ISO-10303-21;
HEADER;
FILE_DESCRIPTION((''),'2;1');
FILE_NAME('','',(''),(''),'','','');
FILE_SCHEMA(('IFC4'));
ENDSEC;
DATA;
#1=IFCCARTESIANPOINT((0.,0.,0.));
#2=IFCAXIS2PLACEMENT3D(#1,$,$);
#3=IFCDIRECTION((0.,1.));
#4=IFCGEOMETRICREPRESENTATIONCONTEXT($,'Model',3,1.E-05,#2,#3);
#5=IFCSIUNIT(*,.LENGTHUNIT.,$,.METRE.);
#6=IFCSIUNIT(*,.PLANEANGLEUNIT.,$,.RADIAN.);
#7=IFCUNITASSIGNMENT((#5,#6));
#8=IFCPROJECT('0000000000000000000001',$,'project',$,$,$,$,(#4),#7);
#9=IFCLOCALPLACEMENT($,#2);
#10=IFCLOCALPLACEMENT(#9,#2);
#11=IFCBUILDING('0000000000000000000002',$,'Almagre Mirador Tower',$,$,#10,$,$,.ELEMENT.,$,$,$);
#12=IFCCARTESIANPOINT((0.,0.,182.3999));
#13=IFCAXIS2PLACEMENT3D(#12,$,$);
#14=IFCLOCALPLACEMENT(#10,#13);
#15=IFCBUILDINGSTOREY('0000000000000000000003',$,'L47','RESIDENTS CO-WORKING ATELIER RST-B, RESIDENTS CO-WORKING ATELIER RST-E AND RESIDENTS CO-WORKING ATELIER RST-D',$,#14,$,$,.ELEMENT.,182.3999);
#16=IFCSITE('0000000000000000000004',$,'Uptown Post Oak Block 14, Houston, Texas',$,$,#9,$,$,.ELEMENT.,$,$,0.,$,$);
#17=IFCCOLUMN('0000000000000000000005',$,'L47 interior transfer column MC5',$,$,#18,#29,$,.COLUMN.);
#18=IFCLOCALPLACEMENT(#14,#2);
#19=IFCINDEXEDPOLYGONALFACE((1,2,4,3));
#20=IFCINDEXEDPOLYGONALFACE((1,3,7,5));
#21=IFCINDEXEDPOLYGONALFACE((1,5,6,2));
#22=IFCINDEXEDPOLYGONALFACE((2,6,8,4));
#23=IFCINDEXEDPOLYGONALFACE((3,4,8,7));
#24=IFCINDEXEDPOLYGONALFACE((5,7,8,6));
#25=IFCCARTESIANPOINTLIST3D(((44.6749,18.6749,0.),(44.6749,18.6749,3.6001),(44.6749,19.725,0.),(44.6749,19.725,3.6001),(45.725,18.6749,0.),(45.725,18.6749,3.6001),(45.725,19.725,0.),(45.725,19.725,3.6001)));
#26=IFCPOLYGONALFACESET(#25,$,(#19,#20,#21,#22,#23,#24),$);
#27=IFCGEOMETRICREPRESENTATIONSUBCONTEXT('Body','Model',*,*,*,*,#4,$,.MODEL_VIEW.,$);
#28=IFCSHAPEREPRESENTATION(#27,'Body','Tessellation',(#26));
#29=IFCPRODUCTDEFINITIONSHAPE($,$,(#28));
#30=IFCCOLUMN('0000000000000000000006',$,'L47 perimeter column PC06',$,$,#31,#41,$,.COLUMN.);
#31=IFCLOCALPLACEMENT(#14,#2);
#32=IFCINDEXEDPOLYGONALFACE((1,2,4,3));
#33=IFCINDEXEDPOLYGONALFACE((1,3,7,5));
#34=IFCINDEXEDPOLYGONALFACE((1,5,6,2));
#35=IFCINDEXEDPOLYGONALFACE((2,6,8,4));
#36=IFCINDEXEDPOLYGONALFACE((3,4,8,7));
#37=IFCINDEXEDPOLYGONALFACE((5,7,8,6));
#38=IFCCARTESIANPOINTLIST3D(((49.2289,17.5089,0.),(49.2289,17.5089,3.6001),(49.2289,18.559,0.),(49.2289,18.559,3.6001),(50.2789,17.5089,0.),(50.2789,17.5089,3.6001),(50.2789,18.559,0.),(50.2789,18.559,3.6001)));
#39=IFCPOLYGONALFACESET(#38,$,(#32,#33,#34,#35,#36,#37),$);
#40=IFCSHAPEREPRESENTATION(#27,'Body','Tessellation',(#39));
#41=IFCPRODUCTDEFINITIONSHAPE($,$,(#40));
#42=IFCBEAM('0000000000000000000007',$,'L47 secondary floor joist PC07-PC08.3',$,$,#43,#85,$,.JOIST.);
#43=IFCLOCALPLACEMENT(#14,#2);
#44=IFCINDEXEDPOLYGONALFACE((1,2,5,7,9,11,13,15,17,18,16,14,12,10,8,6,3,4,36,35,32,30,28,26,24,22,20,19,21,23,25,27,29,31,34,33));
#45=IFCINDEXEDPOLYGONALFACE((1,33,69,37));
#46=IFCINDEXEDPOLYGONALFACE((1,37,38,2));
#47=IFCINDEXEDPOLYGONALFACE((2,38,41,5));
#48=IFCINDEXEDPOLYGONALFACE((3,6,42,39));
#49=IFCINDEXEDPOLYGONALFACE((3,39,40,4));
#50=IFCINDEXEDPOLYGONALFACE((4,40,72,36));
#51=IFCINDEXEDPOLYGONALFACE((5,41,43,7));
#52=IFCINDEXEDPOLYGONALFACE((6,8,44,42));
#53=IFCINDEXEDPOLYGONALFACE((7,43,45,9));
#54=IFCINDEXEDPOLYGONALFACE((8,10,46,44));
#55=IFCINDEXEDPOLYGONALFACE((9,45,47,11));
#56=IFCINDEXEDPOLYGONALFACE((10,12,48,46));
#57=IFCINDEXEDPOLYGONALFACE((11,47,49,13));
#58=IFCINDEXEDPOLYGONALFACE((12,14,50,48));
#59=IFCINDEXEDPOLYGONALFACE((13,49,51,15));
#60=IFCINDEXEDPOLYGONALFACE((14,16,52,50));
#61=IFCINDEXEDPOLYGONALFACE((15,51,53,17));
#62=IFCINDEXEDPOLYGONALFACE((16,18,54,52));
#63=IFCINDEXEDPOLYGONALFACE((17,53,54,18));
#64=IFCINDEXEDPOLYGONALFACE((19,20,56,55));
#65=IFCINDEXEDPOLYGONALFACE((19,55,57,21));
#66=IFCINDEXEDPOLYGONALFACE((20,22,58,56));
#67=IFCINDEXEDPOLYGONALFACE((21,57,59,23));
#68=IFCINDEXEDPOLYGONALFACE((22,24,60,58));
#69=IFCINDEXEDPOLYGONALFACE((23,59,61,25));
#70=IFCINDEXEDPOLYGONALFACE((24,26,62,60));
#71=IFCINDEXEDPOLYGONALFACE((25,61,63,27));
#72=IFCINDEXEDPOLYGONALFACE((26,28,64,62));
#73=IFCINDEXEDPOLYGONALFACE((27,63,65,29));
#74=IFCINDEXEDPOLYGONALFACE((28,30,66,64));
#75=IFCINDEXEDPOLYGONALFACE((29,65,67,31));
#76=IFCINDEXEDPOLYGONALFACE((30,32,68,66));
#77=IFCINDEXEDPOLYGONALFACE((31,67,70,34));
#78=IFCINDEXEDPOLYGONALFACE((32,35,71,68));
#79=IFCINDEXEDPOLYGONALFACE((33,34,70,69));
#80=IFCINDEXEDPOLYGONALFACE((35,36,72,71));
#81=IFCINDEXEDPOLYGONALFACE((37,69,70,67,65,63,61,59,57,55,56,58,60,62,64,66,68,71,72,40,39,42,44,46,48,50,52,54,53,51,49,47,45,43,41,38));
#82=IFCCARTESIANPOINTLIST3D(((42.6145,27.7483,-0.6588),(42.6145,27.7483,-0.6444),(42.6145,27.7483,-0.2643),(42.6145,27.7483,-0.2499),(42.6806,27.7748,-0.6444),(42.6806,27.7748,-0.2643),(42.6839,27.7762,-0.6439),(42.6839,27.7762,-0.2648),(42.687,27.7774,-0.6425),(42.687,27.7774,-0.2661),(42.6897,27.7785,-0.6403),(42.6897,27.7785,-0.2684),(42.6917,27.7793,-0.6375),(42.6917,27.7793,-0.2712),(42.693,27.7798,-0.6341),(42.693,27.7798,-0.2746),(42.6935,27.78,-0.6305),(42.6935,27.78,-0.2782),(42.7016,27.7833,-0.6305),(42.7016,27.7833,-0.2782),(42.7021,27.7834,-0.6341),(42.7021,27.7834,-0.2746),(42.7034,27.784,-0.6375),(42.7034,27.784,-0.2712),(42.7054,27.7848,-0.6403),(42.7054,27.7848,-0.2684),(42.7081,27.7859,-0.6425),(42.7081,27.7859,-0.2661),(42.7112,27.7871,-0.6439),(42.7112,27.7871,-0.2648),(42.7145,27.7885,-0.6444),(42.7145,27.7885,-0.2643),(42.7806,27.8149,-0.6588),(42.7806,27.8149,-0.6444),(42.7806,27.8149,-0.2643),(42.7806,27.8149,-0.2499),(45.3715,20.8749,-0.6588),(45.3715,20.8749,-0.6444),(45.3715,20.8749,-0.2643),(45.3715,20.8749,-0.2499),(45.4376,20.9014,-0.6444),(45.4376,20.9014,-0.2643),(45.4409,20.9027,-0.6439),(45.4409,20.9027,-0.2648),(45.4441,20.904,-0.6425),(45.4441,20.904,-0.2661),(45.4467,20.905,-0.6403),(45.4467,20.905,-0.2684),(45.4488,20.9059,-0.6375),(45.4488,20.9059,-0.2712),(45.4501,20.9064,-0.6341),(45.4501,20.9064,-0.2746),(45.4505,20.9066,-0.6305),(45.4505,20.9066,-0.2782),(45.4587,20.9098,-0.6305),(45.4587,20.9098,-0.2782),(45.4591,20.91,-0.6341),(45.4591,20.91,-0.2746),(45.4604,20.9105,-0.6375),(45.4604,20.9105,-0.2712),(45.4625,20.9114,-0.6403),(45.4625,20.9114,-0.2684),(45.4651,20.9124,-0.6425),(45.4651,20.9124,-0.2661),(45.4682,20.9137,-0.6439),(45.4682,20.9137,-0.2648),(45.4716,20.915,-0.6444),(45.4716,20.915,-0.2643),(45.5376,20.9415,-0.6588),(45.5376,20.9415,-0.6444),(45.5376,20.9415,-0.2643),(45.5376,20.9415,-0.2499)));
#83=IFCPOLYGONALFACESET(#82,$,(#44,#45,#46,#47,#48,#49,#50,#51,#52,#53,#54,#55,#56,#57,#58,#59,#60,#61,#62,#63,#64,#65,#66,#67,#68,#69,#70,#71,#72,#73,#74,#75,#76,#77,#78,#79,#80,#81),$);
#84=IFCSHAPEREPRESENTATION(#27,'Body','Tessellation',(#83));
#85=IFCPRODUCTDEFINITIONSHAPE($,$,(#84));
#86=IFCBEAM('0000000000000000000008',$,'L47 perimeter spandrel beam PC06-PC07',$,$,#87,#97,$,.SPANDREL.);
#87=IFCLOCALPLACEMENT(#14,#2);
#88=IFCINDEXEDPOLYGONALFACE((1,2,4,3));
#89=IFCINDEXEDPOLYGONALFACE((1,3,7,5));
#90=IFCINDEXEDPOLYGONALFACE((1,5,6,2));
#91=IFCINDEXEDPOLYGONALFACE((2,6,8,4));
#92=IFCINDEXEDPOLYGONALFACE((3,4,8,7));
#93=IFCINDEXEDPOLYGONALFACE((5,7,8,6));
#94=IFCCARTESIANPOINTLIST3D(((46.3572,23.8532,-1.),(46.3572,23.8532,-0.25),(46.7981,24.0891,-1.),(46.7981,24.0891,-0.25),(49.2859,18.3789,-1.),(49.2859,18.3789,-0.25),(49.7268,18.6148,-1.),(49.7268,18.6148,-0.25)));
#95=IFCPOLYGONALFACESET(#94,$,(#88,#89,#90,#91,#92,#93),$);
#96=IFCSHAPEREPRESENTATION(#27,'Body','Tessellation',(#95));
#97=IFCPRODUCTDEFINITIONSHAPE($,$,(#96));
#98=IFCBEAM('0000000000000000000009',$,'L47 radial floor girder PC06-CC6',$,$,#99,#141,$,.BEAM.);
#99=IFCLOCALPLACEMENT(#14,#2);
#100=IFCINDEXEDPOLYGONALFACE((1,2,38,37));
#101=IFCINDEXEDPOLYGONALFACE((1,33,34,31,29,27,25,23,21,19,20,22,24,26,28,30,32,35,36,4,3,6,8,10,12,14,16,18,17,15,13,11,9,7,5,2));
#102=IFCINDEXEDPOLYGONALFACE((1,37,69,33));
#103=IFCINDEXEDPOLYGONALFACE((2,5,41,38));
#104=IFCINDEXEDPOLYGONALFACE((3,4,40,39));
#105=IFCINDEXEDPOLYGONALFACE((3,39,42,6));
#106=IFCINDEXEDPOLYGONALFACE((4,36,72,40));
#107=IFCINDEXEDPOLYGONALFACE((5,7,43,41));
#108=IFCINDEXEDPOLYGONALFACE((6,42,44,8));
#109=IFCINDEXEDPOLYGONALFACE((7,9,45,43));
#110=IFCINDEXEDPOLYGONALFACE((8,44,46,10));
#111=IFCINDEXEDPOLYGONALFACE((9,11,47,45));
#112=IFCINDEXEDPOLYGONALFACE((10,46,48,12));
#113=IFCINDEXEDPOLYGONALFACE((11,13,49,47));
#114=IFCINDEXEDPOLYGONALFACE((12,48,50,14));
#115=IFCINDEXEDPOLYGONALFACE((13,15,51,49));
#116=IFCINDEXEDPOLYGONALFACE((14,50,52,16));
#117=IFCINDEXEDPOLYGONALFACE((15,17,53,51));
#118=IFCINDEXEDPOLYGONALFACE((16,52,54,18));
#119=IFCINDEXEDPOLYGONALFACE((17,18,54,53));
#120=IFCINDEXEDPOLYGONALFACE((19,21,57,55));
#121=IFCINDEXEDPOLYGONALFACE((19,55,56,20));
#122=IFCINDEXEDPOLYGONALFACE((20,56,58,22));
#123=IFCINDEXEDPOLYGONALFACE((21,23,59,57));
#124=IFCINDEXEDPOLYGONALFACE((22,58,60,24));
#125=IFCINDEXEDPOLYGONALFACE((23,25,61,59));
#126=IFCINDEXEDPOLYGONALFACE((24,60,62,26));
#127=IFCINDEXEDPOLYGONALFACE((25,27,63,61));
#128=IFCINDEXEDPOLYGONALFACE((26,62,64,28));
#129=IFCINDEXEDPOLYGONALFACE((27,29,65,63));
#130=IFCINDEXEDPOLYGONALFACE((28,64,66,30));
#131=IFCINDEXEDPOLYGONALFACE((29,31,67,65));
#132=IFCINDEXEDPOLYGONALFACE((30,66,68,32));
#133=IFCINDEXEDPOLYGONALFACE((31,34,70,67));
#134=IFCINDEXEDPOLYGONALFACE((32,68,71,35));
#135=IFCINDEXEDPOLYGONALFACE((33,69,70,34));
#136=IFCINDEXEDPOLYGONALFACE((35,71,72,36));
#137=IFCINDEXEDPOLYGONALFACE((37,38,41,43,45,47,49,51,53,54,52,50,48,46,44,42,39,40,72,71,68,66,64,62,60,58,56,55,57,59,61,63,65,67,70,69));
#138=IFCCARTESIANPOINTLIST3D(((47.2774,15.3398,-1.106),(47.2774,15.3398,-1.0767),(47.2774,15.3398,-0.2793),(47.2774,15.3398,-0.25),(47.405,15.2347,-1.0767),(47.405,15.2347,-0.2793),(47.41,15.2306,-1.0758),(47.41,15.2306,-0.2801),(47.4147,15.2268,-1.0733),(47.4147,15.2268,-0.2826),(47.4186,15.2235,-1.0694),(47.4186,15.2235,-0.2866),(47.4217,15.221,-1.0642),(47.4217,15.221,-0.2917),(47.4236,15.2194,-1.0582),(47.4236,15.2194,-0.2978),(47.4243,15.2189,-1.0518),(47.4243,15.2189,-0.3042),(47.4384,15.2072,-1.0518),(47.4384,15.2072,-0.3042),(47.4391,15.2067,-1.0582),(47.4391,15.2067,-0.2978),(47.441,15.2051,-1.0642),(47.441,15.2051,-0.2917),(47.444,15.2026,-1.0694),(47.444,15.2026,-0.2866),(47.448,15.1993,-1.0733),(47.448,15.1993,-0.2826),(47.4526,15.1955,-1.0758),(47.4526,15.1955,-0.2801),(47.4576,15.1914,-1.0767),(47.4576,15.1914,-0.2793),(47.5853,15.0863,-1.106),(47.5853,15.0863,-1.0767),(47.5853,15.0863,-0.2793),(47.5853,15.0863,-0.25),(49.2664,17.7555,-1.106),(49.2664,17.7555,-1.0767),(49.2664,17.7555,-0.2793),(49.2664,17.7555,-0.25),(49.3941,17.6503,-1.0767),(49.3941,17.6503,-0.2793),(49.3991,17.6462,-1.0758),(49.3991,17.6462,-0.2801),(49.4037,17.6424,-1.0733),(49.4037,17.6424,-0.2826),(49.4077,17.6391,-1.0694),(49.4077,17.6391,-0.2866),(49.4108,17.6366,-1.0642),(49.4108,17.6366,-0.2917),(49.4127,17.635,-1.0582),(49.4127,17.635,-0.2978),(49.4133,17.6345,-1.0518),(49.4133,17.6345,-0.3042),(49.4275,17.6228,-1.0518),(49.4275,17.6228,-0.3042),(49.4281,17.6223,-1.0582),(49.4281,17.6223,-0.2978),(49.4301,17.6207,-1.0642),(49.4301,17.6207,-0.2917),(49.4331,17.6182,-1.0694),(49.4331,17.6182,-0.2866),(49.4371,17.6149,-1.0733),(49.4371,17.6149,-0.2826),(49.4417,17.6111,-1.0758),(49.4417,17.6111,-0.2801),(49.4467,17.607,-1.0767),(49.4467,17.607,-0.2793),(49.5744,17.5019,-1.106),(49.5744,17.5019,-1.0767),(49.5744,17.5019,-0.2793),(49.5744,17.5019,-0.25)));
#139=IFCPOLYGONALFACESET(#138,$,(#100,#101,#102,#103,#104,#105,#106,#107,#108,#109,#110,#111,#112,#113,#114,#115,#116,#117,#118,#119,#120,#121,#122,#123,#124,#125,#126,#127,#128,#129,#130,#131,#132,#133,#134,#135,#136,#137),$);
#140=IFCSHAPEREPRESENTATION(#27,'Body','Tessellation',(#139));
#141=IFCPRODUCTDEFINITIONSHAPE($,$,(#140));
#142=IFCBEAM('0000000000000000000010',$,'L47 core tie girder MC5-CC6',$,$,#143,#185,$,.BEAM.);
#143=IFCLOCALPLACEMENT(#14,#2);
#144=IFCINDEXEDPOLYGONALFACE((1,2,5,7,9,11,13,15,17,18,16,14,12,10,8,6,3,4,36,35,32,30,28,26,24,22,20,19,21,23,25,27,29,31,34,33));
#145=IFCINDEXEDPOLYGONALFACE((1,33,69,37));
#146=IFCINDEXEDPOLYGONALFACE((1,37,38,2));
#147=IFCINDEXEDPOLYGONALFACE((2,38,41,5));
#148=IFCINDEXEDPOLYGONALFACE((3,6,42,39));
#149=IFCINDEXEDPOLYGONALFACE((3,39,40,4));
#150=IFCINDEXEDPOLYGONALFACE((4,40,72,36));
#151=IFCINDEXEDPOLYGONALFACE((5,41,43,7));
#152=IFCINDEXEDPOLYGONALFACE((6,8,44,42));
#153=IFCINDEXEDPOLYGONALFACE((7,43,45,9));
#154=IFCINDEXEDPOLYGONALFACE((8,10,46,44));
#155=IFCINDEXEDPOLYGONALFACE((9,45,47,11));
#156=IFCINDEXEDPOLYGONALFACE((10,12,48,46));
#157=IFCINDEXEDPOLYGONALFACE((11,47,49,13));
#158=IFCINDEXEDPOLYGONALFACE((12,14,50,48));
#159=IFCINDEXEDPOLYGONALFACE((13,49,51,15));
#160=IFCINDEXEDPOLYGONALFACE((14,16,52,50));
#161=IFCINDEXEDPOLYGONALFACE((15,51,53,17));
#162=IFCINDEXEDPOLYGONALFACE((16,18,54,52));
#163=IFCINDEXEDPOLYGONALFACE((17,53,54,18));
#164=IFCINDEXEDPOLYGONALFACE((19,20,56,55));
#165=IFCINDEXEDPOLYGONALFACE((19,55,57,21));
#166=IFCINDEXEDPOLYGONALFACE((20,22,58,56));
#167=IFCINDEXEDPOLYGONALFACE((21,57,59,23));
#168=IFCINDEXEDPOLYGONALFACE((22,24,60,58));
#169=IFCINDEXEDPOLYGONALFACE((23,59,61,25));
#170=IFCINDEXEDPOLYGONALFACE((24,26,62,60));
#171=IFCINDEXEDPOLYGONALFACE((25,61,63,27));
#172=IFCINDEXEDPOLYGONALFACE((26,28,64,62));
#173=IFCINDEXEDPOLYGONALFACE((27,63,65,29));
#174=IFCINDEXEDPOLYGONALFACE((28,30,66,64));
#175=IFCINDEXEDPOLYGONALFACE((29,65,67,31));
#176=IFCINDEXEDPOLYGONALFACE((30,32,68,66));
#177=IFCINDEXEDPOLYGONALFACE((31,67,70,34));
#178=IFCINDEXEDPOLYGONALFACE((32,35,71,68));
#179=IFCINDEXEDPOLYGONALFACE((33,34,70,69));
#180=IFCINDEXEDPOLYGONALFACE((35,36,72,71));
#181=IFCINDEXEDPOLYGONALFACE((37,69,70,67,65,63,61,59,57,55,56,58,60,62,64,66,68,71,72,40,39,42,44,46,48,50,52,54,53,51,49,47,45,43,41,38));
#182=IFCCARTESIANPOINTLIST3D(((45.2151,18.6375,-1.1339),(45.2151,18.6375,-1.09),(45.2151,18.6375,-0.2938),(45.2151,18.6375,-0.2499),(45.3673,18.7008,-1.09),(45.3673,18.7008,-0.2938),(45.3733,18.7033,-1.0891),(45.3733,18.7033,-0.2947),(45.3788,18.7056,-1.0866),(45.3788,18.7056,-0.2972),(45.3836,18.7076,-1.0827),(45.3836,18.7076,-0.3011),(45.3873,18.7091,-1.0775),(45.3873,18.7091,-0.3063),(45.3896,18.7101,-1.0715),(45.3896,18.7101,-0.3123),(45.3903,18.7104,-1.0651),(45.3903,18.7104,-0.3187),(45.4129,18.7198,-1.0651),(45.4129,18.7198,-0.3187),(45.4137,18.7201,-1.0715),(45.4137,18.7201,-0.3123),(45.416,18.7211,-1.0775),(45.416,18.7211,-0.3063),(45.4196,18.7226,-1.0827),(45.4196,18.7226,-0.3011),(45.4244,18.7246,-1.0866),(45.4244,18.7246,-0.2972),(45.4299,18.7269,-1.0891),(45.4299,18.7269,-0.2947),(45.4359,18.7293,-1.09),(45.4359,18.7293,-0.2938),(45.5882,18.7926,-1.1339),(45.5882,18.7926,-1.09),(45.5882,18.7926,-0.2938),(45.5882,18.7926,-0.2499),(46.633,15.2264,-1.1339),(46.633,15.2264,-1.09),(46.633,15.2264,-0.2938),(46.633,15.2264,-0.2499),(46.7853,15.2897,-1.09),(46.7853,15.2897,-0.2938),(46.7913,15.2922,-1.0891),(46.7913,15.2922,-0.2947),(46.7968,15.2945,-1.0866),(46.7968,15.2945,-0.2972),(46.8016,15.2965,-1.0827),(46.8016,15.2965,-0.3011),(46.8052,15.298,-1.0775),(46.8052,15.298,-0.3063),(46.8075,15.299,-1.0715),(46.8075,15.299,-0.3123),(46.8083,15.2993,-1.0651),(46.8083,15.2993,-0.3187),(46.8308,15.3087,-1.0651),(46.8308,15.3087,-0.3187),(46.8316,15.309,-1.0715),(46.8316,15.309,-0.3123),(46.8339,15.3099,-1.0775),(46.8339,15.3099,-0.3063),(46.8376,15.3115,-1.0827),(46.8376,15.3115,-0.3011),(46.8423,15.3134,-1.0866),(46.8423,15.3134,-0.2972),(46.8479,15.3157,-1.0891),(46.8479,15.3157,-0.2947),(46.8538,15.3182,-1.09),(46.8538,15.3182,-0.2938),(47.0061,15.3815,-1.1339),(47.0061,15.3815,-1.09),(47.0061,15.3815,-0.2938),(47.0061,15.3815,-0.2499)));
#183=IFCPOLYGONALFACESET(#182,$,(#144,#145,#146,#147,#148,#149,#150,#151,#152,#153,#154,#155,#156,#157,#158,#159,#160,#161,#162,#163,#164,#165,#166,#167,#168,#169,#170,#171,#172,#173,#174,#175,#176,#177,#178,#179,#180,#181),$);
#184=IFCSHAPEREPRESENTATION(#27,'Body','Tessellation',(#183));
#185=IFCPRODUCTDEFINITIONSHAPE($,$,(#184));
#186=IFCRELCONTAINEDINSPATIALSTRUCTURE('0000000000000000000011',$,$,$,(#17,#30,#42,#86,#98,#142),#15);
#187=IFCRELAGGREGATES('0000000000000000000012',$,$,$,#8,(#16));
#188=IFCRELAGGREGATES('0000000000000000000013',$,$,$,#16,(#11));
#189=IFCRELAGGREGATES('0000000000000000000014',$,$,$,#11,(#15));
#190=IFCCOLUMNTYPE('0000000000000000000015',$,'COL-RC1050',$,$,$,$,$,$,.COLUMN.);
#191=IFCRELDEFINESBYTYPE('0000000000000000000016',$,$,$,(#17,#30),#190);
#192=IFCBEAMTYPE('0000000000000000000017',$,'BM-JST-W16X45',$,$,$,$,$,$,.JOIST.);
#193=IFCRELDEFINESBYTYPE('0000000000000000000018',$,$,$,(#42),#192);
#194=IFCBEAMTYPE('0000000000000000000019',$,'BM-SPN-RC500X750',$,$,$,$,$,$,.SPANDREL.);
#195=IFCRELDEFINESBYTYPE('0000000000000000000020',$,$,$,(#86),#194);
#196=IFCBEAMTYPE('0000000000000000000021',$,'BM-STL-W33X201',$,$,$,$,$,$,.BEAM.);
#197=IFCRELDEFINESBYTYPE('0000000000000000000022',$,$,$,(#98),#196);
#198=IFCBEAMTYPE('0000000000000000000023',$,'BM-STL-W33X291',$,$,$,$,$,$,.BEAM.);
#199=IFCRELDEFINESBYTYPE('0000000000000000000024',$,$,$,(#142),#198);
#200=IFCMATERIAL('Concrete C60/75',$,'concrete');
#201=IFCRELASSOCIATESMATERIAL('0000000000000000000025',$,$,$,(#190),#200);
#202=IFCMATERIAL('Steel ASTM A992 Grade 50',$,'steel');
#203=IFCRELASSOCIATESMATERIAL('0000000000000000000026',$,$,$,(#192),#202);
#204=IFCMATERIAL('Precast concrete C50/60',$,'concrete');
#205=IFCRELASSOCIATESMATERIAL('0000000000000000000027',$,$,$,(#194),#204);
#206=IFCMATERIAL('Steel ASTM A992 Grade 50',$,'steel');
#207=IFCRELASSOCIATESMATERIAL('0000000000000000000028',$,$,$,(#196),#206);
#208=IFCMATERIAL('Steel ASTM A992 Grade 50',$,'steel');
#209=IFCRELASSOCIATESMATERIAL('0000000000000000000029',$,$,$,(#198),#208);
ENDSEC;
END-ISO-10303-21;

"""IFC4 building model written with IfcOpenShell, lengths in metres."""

from ifc_helpers import new_model, si_unit, direction, frame, origin, origin_2d, place, context, subcontext, project, spatial, rectangle, i_section, extrude, material, material_profile, profile_set, type_object, element, save


model = new_model("IFC4")

# Units and contexts
model_context = context("Model", 3, precision=1e-05, world=origin(), true_north=direction((0.0, 1.0)))
body_context = subcontext(model_context, "Body", "Model", "MODEL_VIEW")
ifc_project = project(units=[si_unit("LENGTHUNIT", "METRE"), si_unit("PLANEANGLEUNIT", "RADIAN")], contexts=[model_context])

# Site, building, storey
site_placement = place(None, origin())
site = spatial("IfcSite", under=ifc_project, at=site_placement, Name="Uptown Post Oak Block 14, Houston, Texas", CompositionType="ELEMENT", RefElevation=0.0)
building_placement = place(site_placement, origin())
building = spatial("IfcBuilding", under=site, at=building_placement, Name="Almagre Mirador Tower", CompositionType="ELEMENT")
storey_placement = place(building_placement, frame((0.0, 0.0, 182.3999)))
storey = spatial("IfcBuildingStorey", under=building, at=storey_placement, Name="L47", Description="RESIDENTS CO-WORKING ATELIER RST-B, RESIDENTS CO-WORKING ATELIER RST-E AND RESIDENTS CO-WORKING ATELIER RST-D", CompositionType="ELEMENT", Elevation=182.3999)

# Columns
ifc_material_1 = material(Name="Concrete C60/75", Category="concrete")
ifc_material_profile_1 = material_profile(ifc_material_1, rectangle(XDim=1.05, YDim=1.05, at=origin_2d()), Name="RC1050X1050")
ifc_profile_set_1 = profile_set([ifc_material_profile_1], Name="Concrete C60/75")
column_type = type_object("IfcColumnType", Name="COL-RC1050", PredefinedType="COLUMN", material=ifc_profile_set_1)
for number, where, z_axis, x_axis, name in (
    (1, (45.2, 19.2, 0.0), (0.0, 0.0, 1.0), (1.0, 0.0, 0.0), "L47 interior transfer column MC5"),
    (2, (49.7539, 18.0339, 0.0), (0.0, 0.0, 1.0), (1.0, 0.0, 0.0), "L47 perimeter column PC06"),
):
    element("IfcColumn", number, at=place(storey_placement, frame(where, z_axis=z_axis, x_axis=x_axis)), inside=storey, type_object=column_type, Name=name, PredefinedType="COLUMN", context=body_context, shape_type="SweptSolid", body=[
        extrude(rectangle(XDim=1.05, YDim=1.05, at=origin_2d()), origin(), (0.0, 0.0, 1.0), 3.6001),
    ])

# Beams
ifc_material_2 = material(Name="Steel ASTM A992 Grade 50", Category="steel")
ifc_material_profile_2 = material_profile(ifc_material_2, i_section(OverallWidth=0.179, OverallDepth=0.4089, WebThickness=0.0088, FlangeThickness=0.0144, FilletRadius=0.0139, at=origin_2d()), Name="W16X45")
ifc_profile_set_2 = profile_set([ifc_material_profile_2], Name="Steel ASTM A992 Grade 50")
beam_type_1 = type_object("IfcBeamType", Name="BM-JST-W16X45", PredefinedType="JOIST", material=ifc_profile_set_2)
beam_1_placement = place(storey_placement, frame((45.4546, 20.9082, -0.4543), z_axis=(-0.372283, 0.928119, 0.0), x_axis=(-0.928119, -0.372283, 0.0)))
element("IfcBeam", 3, at=beam_1_placement, inside=storey, type_object=beam_type_1, Name="L47 secondary floor joist PC07-PC08.3", PredefinedType="JOIST", context=body_context, shape_type="SweptSolid", body=[
    extrude(i_section(OverallWidth=0.179, OverallDepth=0.4089, WebThickness=0.0088, FlangeThickness=0.0144, FilletRadius=0.0139, at=origin_2d()), origin(), (0.0, 0.0, 1.0), 7.4058),
])
ifc_material_3 = material(Name="Precast concrete C50/60", Category="concrete")
ifc_material_profile_3 = material_profile(ifc_material_3, rectangle(XDim=0.5, YDim=0.75, at=origin_2d()), Name="RC500X750")
ifc_profile_set_3 = profile_set([ifc_material_profile_3], Name="Precast concrete C50/60")
beam_type_2 = type_object("IfcBeamType", Name="BM-SPN-RC500X750", PredefinedType="SPANDREL", material=ifc_profile_set_3)
beam_2_placement = place(storey_placement, frame((49.5063, 18.4968, -0.625), z_axis=(-0.471723, 0.881747, 0.0), x_axis=(-0.881747, -0.471723, 0.0)))
element("IfcBeam", 4, at=beam_2_placement, inside=storey, type_object=beam_type_2, Name="L47 perimeter spandrel beam PC06-PC07", PredefinedType="SPANDREL", context=body_context, shape_type="SweptSolid", body=[
    extrude(rectangle(XDim=0.5, YDim=0.75, at=origin_2d()), origin(), (0.0, 0.0, 1.0), 6.2085),
])
ifc_material_4 = material(Name="Steel ASTM A992 Grade 50", Category="steel")
ifc_material_profile_4 = material_profile(ifc_material_4, i_section(OverallWidth=0.3989, OverallDepth=0.856, WebThickness=0.0183, FlangeThickness=0.0293, FilletRadius=0.0249, at=origin_2d()), Name="W33X201")
ifc_profile_set_4 = profile_set([ifc_material_profile_4], Name="Steel ASTM A992 Grade 50")
beam_type_3 = type_object("IfcBeamType", Name="BM-STL-W33X201", PredefinedType="BEAM", material=ifc_profile_set_4)
beam_3_placement = place(storey_placement, frame((49.4204, 17.6287, -0.678), z_axis=(-0.635661, -0.771969, 0.0), x_axis=(0.771969, -0.635661, 0.0)))
element("IfcBeam", 5, at=beam_3_placement, inside=storey, type_object=beam_type_3, Name="L47 radial floor girder PC06-CC6", PredefinedType="BEAM", context=body_context, shape_type="SweptSolid", body=[
    extrude(i_section(OverallWidth=0.3989, OverallDepth=0.856, WebThickness=0.0183, FlangeThickness=0.0293, FilletRadius=0.0249, at=origin_2d()), origin(), (0.0, 0.0, 1.0), 3.1292),
])
ifc_material_5 = material(Name="Steel ASTM A992 Grade 50", Category="steel")
ifc_material_profile_5 = material_profile(ifc_material_5, i_section(OverallWidth=0.4041, OverallDepth=0.884, WebThickness=0.0244, FlangeThickness=0.0439, FilletRadius=0.0249, at=origin_2d()), Name="W33X291")
ifc_profile_set_5 = profile_set([ifc_material_profile_5], Name="Steel ASTM A992 Grade 50")
beam_type_4 = type_object("IfcBeamType", Name="BM-STL-W33X291", PredefinedType="BEAM", material=ifc_profile_set_5)
beam_4_placement = place(storey_placement, frame((45.4016, 18.7151, -0.6919), z_axis=(0.383846, -0.923397, 0.0), x_axis=(0.923397, 0.383846, 0.0)))
element("IfcBeam", 6, at=beam_4_placement, inside=storey, type_object=beam_type_4, Name="L47 core tie girder MC5-CC6", PredefinedType="BEAM", context=body_context, shape_type="SweptSolid", body=[
    extrude(i_section(OverallWidth=0.4041, OverallDepth=0.884, WebThickness=0.0244, FlangeThickness=0.0439, FilletRadius=0.0249, at=origin_2d()), origin(), (0.0, 0.0, 1.0), 3.6941),
])

save(model, "model.ifc")
